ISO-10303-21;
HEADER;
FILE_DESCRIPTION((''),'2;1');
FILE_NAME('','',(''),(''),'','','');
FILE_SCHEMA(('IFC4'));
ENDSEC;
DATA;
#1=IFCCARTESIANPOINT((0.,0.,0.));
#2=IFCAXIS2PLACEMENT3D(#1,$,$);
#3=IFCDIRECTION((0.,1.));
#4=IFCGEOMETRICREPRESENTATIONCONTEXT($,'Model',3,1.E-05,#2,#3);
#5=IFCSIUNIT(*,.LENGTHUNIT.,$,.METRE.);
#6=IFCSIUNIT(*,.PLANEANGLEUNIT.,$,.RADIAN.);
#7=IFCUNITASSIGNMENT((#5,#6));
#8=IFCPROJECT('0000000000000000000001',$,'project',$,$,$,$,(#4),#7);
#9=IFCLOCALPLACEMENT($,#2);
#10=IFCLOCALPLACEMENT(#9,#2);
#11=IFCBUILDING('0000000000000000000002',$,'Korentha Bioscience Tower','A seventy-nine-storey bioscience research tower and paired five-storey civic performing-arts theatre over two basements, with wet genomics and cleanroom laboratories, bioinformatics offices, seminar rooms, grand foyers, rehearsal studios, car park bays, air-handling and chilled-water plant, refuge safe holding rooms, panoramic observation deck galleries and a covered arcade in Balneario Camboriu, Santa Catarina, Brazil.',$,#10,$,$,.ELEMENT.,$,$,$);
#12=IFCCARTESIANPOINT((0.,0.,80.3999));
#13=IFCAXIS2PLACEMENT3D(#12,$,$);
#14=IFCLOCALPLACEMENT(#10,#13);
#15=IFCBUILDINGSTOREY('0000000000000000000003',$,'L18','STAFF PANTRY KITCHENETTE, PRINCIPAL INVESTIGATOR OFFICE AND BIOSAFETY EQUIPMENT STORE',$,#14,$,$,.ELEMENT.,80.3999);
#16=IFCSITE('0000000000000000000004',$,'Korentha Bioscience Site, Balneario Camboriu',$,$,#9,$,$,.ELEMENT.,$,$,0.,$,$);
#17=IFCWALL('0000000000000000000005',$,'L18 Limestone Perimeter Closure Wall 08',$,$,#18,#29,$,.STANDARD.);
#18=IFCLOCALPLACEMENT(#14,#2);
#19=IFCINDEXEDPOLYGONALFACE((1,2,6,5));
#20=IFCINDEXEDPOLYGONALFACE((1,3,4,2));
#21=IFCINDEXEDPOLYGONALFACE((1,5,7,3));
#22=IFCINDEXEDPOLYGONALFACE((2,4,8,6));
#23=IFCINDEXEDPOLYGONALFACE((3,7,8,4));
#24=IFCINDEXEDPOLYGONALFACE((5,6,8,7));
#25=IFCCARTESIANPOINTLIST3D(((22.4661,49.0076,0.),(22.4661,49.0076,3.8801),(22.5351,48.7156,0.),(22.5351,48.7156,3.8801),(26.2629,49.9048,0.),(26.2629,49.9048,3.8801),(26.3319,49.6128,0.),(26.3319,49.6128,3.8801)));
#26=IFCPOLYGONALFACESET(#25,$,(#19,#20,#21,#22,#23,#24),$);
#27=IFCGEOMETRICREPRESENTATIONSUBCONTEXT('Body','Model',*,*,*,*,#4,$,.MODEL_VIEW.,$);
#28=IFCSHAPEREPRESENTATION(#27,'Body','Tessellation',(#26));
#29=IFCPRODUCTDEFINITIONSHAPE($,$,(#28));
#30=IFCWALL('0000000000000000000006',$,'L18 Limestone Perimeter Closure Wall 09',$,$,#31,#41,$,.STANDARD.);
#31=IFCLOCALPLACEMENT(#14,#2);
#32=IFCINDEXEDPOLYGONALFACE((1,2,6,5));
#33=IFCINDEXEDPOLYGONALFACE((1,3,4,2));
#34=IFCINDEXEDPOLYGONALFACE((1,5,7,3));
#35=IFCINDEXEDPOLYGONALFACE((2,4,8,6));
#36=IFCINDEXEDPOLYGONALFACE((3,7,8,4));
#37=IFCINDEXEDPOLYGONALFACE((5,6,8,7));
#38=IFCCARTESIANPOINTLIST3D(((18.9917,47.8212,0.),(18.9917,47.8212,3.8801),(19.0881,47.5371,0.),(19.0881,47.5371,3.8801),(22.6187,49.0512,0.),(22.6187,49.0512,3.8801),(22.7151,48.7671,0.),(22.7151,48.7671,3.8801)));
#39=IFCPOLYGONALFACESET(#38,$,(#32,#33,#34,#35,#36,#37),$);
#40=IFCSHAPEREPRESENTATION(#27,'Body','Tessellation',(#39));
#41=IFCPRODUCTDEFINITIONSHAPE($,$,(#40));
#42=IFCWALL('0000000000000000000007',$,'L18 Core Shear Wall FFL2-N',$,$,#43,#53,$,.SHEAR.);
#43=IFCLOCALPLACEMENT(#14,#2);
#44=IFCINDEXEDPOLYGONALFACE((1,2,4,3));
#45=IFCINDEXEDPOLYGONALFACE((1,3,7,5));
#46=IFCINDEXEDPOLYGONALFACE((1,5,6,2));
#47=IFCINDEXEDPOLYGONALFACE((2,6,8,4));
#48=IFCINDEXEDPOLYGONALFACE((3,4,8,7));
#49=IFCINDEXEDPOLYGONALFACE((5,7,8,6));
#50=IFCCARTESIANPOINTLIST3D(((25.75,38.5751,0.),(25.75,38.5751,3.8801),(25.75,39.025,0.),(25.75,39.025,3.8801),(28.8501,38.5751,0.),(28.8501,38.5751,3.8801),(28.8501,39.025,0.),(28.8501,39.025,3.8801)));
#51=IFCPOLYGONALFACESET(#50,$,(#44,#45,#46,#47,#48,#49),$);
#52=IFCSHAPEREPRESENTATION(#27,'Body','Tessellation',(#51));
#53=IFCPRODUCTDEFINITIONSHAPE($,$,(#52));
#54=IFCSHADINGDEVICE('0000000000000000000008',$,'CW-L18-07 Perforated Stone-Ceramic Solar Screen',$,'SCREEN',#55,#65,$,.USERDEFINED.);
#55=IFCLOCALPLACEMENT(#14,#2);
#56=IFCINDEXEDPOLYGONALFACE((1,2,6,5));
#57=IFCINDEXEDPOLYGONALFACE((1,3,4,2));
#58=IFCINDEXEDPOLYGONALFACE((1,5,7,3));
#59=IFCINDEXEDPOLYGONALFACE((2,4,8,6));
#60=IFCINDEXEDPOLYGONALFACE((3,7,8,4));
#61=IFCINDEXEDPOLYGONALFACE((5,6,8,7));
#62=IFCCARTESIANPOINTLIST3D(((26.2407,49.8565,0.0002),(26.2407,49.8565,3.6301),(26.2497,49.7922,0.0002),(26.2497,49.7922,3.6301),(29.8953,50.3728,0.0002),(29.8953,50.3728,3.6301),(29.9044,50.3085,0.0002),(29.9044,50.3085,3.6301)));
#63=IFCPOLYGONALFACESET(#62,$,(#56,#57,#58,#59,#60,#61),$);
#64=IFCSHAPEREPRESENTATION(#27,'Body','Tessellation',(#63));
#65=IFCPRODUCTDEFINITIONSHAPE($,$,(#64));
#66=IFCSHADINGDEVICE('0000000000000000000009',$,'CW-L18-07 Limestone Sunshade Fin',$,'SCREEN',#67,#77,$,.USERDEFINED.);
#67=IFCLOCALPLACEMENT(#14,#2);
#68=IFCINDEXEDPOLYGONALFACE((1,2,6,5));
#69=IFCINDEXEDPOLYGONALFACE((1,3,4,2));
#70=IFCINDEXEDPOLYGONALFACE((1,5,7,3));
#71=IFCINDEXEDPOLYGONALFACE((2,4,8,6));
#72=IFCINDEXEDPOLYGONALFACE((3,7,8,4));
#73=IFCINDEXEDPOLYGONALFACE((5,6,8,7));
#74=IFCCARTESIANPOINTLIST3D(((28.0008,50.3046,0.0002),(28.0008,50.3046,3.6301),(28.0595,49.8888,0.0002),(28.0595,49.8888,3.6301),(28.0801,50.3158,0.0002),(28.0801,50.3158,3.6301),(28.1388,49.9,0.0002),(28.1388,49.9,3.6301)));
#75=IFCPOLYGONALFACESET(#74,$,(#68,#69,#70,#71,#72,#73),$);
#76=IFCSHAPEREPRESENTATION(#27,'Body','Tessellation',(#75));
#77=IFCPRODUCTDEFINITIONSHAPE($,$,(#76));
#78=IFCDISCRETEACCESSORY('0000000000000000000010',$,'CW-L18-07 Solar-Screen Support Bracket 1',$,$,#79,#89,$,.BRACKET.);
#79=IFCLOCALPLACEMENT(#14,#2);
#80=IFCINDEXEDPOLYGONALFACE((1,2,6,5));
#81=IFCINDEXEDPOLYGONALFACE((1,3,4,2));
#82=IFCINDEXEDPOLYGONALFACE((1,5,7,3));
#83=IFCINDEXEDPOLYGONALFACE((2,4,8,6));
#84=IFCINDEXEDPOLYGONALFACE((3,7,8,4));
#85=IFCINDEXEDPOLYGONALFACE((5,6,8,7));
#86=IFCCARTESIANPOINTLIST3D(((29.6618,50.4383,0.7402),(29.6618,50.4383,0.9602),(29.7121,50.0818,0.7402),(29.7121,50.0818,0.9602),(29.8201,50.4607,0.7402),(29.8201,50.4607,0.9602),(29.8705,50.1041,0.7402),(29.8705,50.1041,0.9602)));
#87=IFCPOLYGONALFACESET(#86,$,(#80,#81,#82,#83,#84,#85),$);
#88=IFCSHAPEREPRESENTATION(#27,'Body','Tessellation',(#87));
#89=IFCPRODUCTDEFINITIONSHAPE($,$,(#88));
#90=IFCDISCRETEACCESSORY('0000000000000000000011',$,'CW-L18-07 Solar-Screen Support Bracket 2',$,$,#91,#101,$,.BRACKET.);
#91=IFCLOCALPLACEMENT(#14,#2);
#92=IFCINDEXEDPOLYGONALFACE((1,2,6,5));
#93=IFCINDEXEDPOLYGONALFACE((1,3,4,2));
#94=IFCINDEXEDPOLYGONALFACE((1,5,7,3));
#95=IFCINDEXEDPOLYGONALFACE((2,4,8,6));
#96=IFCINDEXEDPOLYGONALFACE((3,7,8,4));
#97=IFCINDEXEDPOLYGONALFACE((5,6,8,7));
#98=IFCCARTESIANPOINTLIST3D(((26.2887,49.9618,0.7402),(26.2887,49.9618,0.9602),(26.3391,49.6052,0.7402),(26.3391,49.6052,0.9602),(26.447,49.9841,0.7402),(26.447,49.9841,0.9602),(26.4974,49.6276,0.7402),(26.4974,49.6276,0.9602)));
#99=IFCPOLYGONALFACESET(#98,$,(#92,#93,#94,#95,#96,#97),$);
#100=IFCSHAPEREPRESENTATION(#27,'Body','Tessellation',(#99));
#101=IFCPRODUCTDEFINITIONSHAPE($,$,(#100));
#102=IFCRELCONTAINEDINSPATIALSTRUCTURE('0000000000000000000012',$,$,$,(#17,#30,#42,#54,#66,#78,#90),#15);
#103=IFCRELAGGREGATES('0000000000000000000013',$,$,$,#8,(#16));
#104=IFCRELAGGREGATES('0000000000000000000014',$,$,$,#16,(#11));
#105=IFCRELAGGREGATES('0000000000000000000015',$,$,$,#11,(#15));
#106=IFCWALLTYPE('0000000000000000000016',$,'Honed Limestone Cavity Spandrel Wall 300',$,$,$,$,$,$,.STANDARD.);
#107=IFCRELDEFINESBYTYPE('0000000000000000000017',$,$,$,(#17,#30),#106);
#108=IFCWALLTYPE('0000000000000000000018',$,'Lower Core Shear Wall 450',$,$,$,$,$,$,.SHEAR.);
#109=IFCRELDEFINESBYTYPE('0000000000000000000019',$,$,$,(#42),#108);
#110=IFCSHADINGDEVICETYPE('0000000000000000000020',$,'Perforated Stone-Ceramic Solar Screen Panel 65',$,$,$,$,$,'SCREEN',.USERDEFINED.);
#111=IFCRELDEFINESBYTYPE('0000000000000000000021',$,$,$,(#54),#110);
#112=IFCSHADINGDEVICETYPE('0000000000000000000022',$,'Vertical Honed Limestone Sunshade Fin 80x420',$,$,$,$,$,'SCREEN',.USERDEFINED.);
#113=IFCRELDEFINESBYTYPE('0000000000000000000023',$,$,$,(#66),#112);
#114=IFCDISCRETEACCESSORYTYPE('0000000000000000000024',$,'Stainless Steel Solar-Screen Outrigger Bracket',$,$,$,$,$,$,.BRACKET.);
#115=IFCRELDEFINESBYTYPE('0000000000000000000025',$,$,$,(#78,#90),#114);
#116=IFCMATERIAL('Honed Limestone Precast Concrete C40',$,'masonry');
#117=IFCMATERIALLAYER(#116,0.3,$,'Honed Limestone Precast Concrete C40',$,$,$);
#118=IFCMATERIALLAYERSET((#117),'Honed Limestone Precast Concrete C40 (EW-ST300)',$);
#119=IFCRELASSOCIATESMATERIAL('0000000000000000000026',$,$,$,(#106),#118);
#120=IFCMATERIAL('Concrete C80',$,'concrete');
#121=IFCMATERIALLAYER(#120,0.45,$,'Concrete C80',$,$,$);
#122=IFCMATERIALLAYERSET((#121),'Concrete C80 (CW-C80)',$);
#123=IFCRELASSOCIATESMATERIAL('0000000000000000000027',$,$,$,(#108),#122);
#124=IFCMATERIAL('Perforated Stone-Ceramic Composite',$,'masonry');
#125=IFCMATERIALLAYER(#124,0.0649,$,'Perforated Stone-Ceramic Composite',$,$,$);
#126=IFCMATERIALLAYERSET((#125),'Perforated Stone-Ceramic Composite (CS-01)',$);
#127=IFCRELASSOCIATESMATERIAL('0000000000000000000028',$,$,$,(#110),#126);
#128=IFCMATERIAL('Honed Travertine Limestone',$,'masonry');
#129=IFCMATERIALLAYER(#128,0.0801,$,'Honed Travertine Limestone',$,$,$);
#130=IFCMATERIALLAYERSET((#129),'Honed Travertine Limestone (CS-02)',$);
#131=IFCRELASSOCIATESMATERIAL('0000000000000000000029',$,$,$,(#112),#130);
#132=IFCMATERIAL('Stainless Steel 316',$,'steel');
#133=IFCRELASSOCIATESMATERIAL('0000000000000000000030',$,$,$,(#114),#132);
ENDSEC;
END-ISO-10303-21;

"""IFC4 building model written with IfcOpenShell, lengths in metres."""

from ifc_helpers import new_model, si_unit, direction, frame, frame_2d, origin, origin_2d, place, context, subcontext, project, spatial, rectangle, extrude, material, layer, layer_set, type_object, element, save


model = new_model("IFC4")

# Units and contexts
model_context = context("Model", 3, precision=1e-05, world=origin(), true_north=direction((0.0, 1.0)))
body_context = subcontext(model_context, "Body", "Model", "MODEL_VIEW")
ifc_project = project(units=[si_unit("LENGTHUNIT", "METRE"), si_unit("PLANEANGLEUNIT", "RADIAN")], contexts=[model_context])

# Site, building, storey
site_placement = place(None, origin())
site = spatial("IfcSite", under=ifc_project, at=site_placement, Name="Korentha Bioscience Site, Balneario Camboriu", CompositionType="ELEMENT", RefElevation=0.0)
building_placement = place(site_placement, origin())
building = spatial("IfcBuilding", under=site, at=building_placement, Name="Korentha Bioscience Tower", Description="A seventy-nine-storey bioscience research tower and paired five-storey civic performing-arts theatre over two basements, with wet genomics and cleanroom laboratories, bioinformatics offices, seminar rooms, grand foyers, rehearsal studios, car park bays, air-handling and chilled-water plant, refuge safe holding rooms, panoramic observation deck galleries and a covered arcade in Balneario Camboriu, Santa Catarina, Brazil.", CompositionType="ELEMENT")
storey_placement = place(building_placement, frame((0.0, 0.0, 80.3999)))
storey = spatial("IfcBuildingStorey", under=building, at=storey_placement, Name="L18", Description="STAFF PANTRY KITCHENETTE, PRINCIPAL INVESTIGATOR OFFICE AND BIOSAFETY EQUIPMENT STORE", CompositionType="ELEMENT", Elevation=80.3999)

# Shared definitions
ifc_material_1 = material(Name="Concrete C80", Category="concrete")

# Shared definitions
ifc_material_2 = material(Name="Honed Limestone Precast Concrete C40", Category="masonry")
ifc_layer_1 = layer(ifc_material_2, 0.3, Name="Honed Limestone Precast Concrete C40")
ifc_layer_set_1 = layer_set([ifc_layer_1], Name="Honed Limestone Precast Concrete C40 (EW-ST300)")
wall_type_1 = type_object("IfcWallType", Name="Honed Limestone Cavity Spandrel Wall 300", PredefinedType="STANDARD", material=ifc_layer_set_1)

# Walls
wall_1_placement = place(storey_placement, frame((26.2974, 49.7588, 0.0), z_axis=(0.0, 0.0, 1.0), x_axis=(-0.973198, -0.22997, 0.0)))
element("IfcWall", 1, at=wall_1_placement, inside=storey, type_object=wall_type_1, Name="L18 Limestone Perimeter Closure Wall 08", PredefinedType="STANDARD", context=body_context, shape_type="SweptSolid", body=[
    extrude(rectangle(XDim=3.9014, YDim=0.3, at=frame_2d((1.9507, 0.0))), origin(), (0.0, 0.0, 1.0), 3.8801),
])
wall_2_placement = place(storey_placement, frame((22.667, 48.9092, 0.0), z_axis=(0.0, 0.0, 1.0), x_axis=(-0.947026, -0.321158, 0.0)))
element("IfcWall", 2, at=wall_2_placement, inside=storey, type_object=wall_type_1, Name="L18 Limestone Perimeter Closure Wall 09", PredefinedType="STANDARD", context=body_context, shape_type="SweptSolid", body=[
    extrude(rectangle(XDim=3.8298, YDim=0.3, at=frame_2d((1.915, 0.0))), origin(), (0.0, 0.0, 1.0), 3.8801),
])
ifc_layer_2 = layer(ifc_material_1, 0.45, Name="Concrete C80")
ifc_layer_set_2 = layer_set([ifc_layer_2], Name="Concrete C80 (CW-C80)")
wall_type_2 = type_object("IfcWallType", Name="Lower Core Shear Wall 450", PredefinedType="SHEAR", material=ifc_layer_set_2)
wall_3_placement = place(storey_placement, frame((25.75, 38.8, 0.0), z_axis=(0.0, 0.0, 1.0), x_axis=(1.0, 0.0, 0.0)))
element("IfcWall", 3, at=wall_3_placement, inside=storey, type_object=wall_type_2, Name="L18 Core Shear Wall FFL2-N", PredefinedType="SHEAR", context=body_context, shape_type="SweptSolid", body=[
    extrude(rectangle(XDim=3.1001, YDim=0.45, at=frame_2d((1.55, 0.0))), origin(), (0.0, 0.0, 1.0), 3.8801),
])

# Shading devices
ifc_material_3 = material(Name="Perforated Stone-Ceramic Composite", Category="masonry")
ifc_layer_3 = layer(ifc_material_3, 0.0649, Name="Perforated Stone-Ceramic Composite")
ifc_layer_set_3 = layer_set([ifc_layer_3], Name="Perforated Stone-Ceramic Composite (CS-01)")
shading_device_type_1 = type_object("IfcShadingDeviceType", Name="Perforated Stone-Ceramic Solar Screen Panel 65", ElementType="SCREEN", PredefinedType="USERDEFINED", material=ifc_layer_set_3)
shading_device_1_placement = place(storey_placement, frame((28.0725, 50.0825, 0.0002), z_axis=(0.0, 0.0, 1.0), x_axis=(-0.990167, -0.139888, 0.0)))
element("IfcShadingDevice", 4, at=shading_device_1_placement, inside=storey, type_object=shading_device_type_1, Name="CW-L18-07 Perforated Stone-Ceramic Solar Screen", ObjectType="SCREEN", PredefinedType="USERDEFINED", context=body_context, shape_type="SweptSolid", body=[
    extrude(rectangle(XDim=3.6909, YDim=0.0649, at=origin_2d()), origin(), (0.0, 0.0, 1.0), 3.6299),
])
ifc_material_4 = material(Name="Honed Travertine Limestone", Category="masonry")
ifc_layer_4 = layer(ifc_material_4, 0.0801, Name="Honed Travertine Limestone")
ifc_layer_set_4 = layer_set([ifc_layer_4], Name="Honed Travertine Limestone (CS-02)")
shading_device_type_2 = type_object("IfcShadingDeviceType", Name="Vertical Honed Limestone Sunshade Fin 80x420", ElementType="SCREEN", PredefinedType="USERDEFINED", material=ifc_layer_set_4)
shading_device_2_placement = place(storey_placement, frame((28.0698, 50.1023, 0.0002), z_axis=(0.0, 0.0, 1.0), x_axis=(-0.990167, -0.139888, 0.0)))
element("IfcShadingDevice", 5, at=shading_device_2_placement, inside=storey, type_object=shading_device_type_2, Name="CW-L18-07 Limestone Sunshade Fin", ObjectType="SCREEN", PredefinedType="USERDEFINED", context=body_context, shape_type="SweptSolid", body=[
    extrude(rectangle(XDim=0.0801, YDim=0.4199, at=origin_2d()), origin(), (0.0, 0.0, 1.0), 3.6299),
])

# Discrete accessories
ifc_material_5 = material(Name="Stainless Steel 316", Category="steel")
discrete_accessory_type = type_object("IfcDiscreteAccessoryType", Name="Stainless Steel Solar-Screen Outrigger Bracket", PredefinedType="BRACKET", material=ifc_material_5)
for number, where, z_axis, x_axis, name in (
    (6, (29.7661, 50.2712, 0.7402), (0.0, 0.0, 1.0), (-0.990167, -0.139888, 0.0), "CW-L18-07 Solar-Screen Support Bracket 1"),
    (7, (26.3931, 49.7947, 0.7402), (0.0, 0.0, 1.0), (-0.990167, -0.139888, 0.0), "CW-L18-07 Solar-Screen Support Bracket 2"),
):
    element("IfcDiscreteAccessory", number, at=place(storey_placement, frame(where, z_axis=z_axis, x_axis=x_axis)), inside=storey, type_object=discrete_accessory_type, Name=name, PredefinedType="BRACKET", context=body_context, shape_type="SweptSolid", body=[
        extrude(rectangle(XDim=0.1599, YDim=0.3601, at=origin_2d()), origin(), (0.0, 0.0, 1.0), 0.22),
    ])

save(model, "model.ifc")
